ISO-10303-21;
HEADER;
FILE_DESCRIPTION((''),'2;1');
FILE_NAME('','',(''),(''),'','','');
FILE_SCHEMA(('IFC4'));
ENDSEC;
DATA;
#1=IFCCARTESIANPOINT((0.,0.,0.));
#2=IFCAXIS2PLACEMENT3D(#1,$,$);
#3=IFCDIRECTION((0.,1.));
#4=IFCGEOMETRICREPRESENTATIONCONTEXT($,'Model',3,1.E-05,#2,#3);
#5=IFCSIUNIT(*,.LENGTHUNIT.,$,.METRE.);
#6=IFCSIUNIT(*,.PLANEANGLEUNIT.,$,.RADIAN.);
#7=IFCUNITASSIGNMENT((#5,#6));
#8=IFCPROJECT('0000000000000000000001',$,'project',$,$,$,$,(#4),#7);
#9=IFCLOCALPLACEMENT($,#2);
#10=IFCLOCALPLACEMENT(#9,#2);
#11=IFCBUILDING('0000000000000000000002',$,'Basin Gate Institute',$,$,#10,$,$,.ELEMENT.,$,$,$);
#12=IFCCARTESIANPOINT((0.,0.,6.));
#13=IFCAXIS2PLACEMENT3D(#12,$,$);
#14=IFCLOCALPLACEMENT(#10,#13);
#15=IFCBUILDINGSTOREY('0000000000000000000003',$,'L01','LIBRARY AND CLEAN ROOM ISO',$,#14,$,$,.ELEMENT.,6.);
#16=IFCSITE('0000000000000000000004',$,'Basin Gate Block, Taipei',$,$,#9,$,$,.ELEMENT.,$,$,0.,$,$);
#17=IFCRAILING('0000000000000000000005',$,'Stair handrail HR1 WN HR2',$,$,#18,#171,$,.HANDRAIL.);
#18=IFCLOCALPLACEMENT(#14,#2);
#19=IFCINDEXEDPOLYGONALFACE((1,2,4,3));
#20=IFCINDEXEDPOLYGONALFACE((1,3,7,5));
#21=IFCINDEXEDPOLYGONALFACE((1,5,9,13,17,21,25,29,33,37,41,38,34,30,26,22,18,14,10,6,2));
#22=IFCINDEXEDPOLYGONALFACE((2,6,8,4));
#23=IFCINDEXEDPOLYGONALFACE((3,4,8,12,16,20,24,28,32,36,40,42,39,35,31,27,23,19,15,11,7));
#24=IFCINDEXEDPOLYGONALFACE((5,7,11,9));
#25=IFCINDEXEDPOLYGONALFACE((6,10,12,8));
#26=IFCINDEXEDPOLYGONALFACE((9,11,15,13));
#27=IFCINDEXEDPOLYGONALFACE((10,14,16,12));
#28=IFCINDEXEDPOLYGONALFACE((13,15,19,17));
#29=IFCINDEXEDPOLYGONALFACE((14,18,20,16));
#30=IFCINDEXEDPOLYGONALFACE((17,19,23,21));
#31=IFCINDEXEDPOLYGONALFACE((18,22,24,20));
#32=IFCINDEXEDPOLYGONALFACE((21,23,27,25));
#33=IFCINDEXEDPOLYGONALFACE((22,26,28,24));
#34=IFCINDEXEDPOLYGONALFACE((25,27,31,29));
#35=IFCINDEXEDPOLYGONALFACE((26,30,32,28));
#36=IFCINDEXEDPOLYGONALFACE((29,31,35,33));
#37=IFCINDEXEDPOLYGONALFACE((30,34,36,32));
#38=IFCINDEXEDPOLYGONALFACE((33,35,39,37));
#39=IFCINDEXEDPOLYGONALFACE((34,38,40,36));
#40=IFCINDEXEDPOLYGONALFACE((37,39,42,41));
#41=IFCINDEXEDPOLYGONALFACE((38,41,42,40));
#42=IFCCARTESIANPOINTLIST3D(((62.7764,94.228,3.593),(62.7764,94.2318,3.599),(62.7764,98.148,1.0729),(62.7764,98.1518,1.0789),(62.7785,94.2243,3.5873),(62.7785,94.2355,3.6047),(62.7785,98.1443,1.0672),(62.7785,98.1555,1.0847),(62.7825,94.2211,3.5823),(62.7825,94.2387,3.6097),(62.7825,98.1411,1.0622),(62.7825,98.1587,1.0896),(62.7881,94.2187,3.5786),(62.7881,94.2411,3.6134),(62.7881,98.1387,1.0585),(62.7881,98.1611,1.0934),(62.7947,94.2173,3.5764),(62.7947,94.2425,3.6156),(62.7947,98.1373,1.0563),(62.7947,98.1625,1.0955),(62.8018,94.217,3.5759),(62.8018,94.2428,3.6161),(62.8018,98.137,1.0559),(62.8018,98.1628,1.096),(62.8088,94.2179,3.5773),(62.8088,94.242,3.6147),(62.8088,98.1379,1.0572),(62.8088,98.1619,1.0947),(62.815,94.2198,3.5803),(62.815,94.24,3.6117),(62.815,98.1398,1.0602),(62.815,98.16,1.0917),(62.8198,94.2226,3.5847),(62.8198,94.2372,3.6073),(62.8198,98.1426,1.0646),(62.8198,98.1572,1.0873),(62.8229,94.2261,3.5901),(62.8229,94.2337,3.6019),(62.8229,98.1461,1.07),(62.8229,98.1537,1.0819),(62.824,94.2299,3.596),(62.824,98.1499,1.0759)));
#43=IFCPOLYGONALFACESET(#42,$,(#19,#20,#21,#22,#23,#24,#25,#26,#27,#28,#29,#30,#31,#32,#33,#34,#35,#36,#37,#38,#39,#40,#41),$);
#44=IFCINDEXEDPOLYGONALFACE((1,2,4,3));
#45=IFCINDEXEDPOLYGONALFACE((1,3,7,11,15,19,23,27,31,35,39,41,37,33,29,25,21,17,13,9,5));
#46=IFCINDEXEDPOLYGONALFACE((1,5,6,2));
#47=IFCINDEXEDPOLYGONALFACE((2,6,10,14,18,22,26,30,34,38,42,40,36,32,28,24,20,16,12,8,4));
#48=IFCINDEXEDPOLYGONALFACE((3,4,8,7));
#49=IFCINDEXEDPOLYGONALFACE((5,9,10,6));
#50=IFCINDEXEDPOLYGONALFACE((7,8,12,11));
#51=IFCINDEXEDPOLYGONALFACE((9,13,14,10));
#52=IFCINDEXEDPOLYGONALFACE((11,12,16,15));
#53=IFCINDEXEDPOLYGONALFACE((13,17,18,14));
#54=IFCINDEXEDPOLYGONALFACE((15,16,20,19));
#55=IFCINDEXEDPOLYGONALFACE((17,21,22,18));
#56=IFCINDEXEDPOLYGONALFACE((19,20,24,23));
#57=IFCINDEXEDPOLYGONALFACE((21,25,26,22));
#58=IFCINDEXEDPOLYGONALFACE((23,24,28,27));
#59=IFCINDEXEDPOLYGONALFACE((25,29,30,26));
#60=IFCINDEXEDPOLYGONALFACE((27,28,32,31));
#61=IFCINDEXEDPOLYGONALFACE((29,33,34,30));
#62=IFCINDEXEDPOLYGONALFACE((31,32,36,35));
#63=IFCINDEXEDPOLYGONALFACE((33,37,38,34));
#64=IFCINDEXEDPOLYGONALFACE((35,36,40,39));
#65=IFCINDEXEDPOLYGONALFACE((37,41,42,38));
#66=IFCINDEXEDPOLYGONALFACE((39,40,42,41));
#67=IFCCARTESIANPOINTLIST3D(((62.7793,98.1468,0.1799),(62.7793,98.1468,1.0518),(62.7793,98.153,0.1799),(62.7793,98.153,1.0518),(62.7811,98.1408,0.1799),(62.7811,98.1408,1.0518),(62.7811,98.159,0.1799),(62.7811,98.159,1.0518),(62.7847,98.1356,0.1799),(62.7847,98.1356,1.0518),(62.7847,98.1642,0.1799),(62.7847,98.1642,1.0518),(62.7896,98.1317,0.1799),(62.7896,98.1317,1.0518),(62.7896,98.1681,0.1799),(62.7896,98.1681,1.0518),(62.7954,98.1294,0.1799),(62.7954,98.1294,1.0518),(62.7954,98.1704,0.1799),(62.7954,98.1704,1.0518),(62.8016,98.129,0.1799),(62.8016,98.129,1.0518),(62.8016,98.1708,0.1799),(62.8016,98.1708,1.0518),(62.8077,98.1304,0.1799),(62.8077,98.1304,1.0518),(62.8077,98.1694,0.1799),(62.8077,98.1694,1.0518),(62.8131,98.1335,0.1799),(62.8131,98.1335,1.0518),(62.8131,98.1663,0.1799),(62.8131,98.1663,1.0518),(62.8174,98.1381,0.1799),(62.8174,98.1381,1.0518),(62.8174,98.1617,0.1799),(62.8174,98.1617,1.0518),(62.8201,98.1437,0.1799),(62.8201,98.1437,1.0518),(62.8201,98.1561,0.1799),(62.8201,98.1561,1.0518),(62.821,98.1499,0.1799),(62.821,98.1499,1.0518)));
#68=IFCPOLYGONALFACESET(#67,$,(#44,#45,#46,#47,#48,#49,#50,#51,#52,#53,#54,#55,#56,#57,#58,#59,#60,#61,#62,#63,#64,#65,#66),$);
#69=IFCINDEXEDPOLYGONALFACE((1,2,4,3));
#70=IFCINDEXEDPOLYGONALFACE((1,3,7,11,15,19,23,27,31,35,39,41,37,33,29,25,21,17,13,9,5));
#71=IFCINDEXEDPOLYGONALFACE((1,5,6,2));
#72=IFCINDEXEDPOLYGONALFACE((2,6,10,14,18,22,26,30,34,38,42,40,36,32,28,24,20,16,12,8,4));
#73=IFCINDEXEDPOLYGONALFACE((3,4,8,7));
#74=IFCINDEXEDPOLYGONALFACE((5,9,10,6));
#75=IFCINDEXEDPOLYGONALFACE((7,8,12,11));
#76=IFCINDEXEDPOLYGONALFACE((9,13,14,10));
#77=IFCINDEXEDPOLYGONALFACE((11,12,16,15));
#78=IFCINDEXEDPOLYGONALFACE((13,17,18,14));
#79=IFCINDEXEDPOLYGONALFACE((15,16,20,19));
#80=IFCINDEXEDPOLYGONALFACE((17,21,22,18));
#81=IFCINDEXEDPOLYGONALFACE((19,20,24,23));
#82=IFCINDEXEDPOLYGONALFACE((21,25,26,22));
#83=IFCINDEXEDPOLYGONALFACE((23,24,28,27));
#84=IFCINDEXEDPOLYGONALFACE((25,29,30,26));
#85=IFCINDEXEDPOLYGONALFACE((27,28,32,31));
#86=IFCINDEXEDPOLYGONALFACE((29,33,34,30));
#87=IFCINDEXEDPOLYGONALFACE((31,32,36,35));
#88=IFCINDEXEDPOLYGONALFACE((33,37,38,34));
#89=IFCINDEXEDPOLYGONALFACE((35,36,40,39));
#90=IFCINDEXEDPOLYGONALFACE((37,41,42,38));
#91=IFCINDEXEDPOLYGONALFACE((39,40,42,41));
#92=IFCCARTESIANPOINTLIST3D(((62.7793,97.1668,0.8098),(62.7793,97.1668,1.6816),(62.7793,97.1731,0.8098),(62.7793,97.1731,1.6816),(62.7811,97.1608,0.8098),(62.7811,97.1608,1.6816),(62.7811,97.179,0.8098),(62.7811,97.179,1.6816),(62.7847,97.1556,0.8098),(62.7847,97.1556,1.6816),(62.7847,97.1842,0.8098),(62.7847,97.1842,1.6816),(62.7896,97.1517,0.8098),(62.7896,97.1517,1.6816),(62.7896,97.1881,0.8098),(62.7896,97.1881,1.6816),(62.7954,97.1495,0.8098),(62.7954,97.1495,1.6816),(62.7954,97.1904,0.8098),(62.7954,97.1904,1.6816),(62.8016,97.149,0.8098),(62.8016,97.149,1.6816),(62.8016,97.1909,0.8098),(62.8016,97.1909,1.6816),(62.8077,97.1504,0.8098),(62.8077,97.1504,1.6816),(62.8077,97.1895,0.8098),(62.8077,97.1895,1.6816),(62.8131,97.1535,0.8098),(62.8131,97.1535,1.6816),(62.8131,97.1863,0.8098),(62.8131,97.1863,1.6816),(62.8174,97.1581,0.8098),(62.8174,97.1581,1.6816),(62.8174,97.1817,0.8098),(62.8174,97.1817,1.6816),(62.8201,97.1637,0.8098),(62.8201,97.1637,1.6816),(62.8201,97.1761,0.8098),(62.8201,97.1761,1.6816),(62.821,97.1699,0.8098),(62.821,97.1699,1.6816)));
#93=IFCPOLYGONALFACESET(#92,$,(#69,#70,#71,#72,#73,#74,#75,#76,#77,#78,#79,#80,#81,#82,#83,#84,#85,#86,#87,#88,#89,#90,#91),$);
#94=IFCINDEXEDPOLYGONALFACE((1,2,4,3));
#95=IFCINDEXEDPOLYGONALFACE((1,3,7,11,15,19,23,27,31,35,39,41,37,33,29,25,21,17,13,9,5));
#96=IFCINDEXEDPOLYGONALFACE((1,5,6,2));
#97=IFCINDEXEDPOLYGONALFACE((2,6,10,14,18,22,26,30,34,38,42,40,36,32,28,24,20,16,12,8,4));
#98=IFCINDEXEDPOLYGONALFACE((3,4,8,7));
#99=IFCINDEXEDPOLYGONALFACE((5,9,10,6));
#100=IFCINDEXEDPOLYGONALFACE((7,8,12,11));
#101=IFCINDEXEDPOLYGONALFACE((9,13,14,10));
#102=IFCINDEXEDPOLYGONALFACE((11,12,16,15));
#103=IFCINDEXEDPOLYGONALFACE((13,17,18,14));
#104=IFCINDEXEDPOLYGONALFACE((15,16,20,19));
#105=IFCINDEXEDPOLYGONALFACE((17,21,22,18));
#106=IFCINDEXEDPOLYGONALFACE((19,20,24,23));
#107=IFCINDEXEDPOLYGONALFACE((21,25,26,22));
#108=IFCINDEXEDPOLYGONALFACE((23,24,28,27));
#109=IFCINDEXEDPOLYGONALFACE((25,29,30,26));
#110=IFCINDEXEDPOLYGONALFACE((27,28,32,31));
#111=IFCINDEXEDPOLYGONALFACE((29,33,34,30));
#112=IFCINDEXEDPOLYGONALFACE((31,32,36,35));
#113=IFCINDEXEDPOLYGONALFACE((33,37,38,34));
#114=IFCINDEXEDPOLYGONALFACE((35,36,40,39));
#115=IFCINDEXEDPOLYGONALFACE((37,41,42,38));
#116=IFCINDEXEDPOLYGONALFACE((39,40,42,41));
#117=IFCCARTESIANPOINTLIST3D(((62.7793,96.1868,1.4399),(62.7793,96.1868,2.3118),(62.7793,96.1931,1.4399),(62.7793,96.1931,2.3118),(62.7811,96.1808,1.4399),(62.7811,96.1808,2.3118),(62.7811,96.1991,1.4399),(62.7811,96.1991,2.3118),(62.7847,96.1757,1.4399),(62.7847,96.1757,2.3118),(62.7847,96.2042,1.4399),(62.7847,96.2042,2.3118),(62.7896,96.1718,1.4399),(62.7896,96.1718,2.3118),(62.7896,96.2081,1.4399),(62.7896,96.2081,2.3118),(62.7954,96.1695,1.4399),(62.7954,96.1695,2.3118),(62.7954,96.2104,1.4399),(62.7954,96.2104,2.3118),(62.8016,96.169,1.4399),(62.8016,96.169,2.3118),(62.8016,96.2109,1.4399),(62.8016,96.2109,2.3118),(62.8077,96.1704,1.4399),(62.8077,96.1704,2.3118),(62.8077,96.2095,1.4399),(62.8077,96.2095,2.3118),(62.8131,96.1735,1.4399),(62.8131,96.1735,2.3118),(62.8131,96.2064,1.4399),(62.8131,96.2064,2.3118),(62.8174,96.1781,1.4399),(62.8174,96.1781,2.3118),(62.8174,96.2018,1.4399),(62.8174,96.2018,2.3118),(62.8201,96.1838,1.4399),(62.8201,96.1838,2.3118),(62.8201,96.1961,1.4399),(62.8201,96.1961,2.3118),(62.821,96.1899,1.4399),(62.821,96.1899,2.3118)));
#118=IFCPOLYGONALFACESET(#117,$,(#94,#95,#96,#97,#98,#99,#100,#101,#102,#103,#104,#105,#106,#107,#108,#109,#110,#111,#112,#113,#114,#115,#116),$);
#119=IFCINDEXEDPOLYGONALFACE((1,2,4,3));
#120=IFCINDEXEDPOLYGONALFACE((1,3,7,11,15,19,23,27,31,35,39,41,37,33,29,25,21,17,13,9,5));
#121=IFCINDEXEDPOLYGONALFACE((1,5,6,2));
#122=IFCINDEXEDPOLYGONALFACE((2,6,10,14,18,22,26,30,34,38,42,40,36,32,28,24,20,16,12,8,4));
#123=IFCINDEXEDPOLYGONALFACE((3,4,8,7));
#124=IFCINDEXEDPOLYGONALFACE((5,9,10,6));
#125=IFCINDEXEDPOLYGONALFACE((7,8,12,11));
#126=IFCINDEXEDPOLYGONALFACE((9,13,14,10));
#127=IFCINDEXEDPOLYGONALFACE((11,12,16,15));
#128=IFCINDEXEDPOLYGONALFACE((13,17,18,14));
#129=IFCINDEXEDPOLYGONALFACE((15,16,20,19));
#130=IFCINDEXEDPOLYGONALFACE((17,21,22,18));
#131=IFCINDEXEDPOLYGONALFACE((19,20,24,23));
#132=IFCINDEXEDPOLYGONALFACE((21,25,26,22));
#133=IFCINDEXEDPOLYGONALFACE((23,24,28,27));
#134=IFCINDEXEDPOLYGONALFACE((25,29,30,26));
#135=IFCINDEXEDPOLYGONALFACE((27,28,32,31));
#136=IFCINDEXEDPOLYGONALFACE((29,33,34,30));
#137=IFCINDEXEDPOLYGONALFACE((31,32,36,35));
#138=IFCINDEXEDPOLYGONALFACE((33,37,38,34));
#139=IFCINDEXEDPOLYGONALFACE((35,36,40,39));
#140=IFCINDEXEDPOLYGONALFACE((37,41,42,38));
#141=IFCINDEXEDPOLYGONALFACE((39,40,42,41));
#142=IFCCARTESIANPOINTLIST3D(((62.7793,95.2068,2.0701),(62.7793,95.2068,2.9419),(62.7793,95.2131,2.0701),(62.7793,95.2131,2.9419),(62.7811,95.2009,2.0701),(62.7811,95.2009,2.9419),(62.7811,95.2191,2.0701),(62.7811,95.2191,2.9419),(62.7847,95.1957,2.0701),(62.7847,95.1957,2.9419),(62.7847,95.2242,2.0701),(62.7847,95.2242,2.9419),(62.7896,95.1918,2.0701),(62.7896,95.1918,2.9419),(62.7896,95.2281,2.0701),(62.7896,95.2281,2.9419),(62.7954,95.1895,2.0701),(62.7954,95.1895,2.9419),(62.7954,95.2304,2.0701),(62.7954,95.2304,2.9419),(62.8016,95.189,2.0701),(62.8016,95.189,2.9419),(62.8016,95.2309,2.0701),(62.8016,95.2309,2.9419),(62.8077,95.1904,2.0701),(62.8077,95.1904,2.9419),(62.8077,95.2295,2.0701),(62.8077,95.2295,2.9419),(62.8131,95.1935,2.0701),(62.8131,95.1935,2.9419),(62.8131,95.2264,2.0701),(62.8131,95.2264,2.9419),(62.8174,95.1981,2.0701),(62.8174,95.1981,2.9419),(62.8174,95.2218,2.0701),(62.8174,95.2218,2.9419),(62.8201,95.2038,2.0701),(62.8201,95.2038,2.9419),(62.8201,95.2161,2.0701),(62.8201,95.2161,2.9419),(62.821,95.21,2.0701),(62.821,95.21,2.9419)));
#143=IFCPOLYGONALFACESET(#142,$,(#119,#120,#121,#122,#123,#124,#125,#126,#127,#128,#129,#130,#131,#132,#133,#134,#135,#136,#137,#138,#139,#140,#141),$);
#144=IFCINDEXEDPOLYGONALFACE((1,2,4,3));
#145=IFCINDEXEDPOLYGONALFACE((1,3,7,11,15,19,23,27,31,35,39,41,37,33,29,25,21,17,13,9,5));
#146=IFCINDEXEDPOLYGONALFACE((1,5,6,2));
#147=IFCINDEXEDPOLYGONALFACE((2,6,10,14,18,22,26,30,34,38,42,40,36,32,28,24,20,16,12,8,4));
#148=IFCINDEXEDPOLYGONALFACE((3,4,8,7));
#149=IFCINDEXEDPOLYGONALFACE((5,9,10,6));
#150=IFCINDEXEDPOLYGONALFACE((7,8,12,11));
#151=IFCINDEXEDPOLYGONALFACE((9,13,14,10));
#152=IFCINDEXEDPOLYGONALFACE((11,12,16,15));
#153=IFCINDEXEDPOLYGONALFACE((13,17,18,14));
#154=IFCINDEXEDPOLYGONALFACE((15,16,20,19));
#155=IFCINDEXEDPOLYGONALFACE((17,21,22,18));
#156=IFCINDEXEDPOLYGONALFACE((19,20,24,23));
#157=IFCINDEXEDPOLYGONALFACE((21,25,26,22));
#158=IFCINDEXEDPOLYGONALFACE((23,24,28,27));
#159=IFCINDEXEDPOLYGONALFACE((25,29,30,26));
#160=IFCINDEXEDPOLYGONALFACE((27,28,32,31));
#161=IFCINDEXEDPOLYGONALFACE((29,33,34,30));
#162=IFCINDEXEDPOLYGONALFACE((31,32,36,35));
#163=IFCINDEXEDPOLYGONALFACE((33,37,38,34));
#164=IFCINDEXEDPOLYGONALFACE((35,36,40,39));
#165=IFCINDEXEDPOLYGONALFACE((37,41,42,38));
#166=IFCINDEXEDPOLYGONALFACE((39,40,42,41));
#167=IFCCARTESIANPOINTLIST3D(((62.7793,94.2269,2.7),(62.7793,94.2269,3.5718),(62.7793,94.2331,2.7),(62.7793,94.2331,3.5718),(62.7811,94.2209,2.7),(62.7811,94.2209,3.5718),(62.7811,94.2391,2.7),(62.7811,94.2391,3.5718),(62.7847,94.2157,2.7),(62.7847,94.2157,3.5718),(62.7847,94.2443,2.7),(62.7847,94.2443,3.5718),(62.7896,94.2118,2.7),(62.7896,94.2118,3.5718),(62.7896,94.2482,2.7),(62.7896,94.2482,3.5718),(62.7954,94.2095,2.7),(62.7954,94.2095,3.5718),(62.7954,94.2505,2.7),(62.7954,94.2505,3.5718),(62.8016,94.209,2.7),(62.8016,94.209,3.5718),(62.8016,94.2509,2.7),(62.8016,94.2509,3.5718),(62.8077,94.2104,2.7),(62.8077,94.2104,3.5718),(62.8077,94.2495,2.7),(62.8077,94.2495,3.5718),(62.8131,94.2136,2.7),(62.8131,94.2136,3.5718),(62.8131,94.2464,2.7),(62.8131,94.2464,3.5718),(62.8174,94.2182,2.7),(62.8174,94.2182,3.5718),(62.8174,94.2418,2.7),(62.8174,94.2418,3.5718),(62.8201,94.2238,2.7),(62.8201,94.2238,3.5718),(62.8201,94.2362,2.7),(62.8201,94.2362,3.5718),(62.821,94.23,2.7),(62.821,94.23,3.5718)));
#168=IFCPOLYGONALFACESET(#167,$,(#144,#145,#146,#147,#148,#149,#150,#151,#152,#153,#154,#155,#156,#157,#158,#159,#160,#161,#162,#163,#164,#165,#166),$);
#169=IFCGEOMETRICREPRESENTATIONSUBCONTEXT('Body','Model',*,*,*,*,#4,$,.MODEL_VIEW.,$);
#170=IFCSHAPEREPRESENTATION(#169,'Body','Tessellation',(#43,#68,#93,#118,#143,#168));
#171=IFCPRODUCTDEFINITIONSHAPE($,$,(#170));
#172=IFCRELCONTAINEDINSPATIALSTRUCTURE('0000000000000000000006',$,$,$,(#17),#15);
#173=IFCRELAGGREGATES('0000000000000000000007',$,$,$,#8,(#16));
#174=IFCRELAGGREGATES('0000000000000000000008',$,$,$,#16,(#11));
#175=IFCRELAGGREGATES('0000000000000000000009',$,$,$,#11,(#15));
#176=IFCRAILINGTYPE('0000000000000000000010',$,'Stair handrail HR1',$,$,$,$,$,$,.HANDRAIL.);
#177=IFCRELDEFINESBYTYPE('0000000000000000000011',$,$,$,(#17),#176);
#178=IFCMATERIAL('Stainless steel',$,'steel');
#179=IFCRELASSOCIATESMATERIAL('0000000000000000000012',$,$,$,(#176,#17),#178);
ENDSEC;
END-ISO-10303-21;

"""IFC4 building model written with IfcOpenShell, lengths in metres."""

from ifc_helpers import new_model, si_unit, direction, frame, origin, origin_2d, place, context, subcontext, project, spatial, circle, extrude, material, type_object, element, save


model = new_model("IFC4")

# Units and contexts
model_context = context("Model", 3, precision=1e-05, world=origin(), true_north=direction((0.0, 1.0)))
body_context = subcontext(model_context, "Body", "Model", "MODEL_VIEW")
ifc_project = project(units=[si_unit("LENGTHUNIT", "METRE"), si_unit("PLANEANGLEUNIT", "RADIAN")], contexts=[model_context])

# Site, building, storey
site_placement = place(None, origin())
site = spatial("IfcSite", under=ifc_project, at=site_placement, Name="Basin Gate Block, Taipei", CompositionType="ELEMENT", RefElevation=0.0)
building_placement = place(site_placement, origin())
building = spatial("IfcBuilding", under=site, at=building_placement, Name="Basin Gate Institute", CompositionType="ELEMENT")
storey_placement = place(building_placement, frame((0.0, 0.0, 6.0)))
storey = spatial("IfcBuildingStorey", under=building, at=storey_placement, Name="L01", Description="LIBRARY AND CLEAN ROOM ISO", CompositionType="ELEMENT", Elevation=6.0)

# Railing
ifc_material_1 = material(Name="Stainless steel", Category="steel")
railing_type_1 = type_object("IfcRailingType", Name="Stair handrail HR1", PredefinedType="HANDRAIL", material=ifc_material_1)
for number, where, name in (
    (1, (62.8, 98.1499, 0.1799), "Stair handrail HR1 WN HR2"),
):
    element("IfcRailing", number, at=place(storey_placement, frame(where)), inside=storey, type_object=railing_type_1, material=ifc_material_1, Name=name, PredefinedType="HANDRAIL", context=body_context, shape_type="SweptSolid", body=[
        extrude(circle(Radius=0.0239, at=origin_2d()), frame((0.0, 0.0, 0.896), z_axis=(0.0, -0.841172, 0.540768), x_axis=(1.0, 0.0, 0.0)), (0.0, 0.0, 1.0), 4.6602),
        extrude(circle(Radius=0.021, at=origin_2d()), origin(), (0.0, 0.0, 1.0), 0.8718),
        extrude(circle(Radius=0.021, at=origin_2d()), frame((0.0, -0.98, 0.6299)), (0.0, 0.0, 1.0), 0.8718),
        extrude(circle(Radius=0.021, at=origin_2d()), frame((0.0, -1.96, 1.26)), (0.0, 0.0, 1.0), 0.8718),
        extrude(circle(Radius=0.021, at=origin_2d()), frame((0.0, -2.9399, 1.8901)), (0.0, 0.0, 1.0), 0.8718),
        extrude(circle(Radius=0.021, at=origin_2d()), frame((0.0, -3.9199, 2.52)), (0.0, 0.0, 1.0), 0.8718),
    ])

save(model, "model.ifc")
